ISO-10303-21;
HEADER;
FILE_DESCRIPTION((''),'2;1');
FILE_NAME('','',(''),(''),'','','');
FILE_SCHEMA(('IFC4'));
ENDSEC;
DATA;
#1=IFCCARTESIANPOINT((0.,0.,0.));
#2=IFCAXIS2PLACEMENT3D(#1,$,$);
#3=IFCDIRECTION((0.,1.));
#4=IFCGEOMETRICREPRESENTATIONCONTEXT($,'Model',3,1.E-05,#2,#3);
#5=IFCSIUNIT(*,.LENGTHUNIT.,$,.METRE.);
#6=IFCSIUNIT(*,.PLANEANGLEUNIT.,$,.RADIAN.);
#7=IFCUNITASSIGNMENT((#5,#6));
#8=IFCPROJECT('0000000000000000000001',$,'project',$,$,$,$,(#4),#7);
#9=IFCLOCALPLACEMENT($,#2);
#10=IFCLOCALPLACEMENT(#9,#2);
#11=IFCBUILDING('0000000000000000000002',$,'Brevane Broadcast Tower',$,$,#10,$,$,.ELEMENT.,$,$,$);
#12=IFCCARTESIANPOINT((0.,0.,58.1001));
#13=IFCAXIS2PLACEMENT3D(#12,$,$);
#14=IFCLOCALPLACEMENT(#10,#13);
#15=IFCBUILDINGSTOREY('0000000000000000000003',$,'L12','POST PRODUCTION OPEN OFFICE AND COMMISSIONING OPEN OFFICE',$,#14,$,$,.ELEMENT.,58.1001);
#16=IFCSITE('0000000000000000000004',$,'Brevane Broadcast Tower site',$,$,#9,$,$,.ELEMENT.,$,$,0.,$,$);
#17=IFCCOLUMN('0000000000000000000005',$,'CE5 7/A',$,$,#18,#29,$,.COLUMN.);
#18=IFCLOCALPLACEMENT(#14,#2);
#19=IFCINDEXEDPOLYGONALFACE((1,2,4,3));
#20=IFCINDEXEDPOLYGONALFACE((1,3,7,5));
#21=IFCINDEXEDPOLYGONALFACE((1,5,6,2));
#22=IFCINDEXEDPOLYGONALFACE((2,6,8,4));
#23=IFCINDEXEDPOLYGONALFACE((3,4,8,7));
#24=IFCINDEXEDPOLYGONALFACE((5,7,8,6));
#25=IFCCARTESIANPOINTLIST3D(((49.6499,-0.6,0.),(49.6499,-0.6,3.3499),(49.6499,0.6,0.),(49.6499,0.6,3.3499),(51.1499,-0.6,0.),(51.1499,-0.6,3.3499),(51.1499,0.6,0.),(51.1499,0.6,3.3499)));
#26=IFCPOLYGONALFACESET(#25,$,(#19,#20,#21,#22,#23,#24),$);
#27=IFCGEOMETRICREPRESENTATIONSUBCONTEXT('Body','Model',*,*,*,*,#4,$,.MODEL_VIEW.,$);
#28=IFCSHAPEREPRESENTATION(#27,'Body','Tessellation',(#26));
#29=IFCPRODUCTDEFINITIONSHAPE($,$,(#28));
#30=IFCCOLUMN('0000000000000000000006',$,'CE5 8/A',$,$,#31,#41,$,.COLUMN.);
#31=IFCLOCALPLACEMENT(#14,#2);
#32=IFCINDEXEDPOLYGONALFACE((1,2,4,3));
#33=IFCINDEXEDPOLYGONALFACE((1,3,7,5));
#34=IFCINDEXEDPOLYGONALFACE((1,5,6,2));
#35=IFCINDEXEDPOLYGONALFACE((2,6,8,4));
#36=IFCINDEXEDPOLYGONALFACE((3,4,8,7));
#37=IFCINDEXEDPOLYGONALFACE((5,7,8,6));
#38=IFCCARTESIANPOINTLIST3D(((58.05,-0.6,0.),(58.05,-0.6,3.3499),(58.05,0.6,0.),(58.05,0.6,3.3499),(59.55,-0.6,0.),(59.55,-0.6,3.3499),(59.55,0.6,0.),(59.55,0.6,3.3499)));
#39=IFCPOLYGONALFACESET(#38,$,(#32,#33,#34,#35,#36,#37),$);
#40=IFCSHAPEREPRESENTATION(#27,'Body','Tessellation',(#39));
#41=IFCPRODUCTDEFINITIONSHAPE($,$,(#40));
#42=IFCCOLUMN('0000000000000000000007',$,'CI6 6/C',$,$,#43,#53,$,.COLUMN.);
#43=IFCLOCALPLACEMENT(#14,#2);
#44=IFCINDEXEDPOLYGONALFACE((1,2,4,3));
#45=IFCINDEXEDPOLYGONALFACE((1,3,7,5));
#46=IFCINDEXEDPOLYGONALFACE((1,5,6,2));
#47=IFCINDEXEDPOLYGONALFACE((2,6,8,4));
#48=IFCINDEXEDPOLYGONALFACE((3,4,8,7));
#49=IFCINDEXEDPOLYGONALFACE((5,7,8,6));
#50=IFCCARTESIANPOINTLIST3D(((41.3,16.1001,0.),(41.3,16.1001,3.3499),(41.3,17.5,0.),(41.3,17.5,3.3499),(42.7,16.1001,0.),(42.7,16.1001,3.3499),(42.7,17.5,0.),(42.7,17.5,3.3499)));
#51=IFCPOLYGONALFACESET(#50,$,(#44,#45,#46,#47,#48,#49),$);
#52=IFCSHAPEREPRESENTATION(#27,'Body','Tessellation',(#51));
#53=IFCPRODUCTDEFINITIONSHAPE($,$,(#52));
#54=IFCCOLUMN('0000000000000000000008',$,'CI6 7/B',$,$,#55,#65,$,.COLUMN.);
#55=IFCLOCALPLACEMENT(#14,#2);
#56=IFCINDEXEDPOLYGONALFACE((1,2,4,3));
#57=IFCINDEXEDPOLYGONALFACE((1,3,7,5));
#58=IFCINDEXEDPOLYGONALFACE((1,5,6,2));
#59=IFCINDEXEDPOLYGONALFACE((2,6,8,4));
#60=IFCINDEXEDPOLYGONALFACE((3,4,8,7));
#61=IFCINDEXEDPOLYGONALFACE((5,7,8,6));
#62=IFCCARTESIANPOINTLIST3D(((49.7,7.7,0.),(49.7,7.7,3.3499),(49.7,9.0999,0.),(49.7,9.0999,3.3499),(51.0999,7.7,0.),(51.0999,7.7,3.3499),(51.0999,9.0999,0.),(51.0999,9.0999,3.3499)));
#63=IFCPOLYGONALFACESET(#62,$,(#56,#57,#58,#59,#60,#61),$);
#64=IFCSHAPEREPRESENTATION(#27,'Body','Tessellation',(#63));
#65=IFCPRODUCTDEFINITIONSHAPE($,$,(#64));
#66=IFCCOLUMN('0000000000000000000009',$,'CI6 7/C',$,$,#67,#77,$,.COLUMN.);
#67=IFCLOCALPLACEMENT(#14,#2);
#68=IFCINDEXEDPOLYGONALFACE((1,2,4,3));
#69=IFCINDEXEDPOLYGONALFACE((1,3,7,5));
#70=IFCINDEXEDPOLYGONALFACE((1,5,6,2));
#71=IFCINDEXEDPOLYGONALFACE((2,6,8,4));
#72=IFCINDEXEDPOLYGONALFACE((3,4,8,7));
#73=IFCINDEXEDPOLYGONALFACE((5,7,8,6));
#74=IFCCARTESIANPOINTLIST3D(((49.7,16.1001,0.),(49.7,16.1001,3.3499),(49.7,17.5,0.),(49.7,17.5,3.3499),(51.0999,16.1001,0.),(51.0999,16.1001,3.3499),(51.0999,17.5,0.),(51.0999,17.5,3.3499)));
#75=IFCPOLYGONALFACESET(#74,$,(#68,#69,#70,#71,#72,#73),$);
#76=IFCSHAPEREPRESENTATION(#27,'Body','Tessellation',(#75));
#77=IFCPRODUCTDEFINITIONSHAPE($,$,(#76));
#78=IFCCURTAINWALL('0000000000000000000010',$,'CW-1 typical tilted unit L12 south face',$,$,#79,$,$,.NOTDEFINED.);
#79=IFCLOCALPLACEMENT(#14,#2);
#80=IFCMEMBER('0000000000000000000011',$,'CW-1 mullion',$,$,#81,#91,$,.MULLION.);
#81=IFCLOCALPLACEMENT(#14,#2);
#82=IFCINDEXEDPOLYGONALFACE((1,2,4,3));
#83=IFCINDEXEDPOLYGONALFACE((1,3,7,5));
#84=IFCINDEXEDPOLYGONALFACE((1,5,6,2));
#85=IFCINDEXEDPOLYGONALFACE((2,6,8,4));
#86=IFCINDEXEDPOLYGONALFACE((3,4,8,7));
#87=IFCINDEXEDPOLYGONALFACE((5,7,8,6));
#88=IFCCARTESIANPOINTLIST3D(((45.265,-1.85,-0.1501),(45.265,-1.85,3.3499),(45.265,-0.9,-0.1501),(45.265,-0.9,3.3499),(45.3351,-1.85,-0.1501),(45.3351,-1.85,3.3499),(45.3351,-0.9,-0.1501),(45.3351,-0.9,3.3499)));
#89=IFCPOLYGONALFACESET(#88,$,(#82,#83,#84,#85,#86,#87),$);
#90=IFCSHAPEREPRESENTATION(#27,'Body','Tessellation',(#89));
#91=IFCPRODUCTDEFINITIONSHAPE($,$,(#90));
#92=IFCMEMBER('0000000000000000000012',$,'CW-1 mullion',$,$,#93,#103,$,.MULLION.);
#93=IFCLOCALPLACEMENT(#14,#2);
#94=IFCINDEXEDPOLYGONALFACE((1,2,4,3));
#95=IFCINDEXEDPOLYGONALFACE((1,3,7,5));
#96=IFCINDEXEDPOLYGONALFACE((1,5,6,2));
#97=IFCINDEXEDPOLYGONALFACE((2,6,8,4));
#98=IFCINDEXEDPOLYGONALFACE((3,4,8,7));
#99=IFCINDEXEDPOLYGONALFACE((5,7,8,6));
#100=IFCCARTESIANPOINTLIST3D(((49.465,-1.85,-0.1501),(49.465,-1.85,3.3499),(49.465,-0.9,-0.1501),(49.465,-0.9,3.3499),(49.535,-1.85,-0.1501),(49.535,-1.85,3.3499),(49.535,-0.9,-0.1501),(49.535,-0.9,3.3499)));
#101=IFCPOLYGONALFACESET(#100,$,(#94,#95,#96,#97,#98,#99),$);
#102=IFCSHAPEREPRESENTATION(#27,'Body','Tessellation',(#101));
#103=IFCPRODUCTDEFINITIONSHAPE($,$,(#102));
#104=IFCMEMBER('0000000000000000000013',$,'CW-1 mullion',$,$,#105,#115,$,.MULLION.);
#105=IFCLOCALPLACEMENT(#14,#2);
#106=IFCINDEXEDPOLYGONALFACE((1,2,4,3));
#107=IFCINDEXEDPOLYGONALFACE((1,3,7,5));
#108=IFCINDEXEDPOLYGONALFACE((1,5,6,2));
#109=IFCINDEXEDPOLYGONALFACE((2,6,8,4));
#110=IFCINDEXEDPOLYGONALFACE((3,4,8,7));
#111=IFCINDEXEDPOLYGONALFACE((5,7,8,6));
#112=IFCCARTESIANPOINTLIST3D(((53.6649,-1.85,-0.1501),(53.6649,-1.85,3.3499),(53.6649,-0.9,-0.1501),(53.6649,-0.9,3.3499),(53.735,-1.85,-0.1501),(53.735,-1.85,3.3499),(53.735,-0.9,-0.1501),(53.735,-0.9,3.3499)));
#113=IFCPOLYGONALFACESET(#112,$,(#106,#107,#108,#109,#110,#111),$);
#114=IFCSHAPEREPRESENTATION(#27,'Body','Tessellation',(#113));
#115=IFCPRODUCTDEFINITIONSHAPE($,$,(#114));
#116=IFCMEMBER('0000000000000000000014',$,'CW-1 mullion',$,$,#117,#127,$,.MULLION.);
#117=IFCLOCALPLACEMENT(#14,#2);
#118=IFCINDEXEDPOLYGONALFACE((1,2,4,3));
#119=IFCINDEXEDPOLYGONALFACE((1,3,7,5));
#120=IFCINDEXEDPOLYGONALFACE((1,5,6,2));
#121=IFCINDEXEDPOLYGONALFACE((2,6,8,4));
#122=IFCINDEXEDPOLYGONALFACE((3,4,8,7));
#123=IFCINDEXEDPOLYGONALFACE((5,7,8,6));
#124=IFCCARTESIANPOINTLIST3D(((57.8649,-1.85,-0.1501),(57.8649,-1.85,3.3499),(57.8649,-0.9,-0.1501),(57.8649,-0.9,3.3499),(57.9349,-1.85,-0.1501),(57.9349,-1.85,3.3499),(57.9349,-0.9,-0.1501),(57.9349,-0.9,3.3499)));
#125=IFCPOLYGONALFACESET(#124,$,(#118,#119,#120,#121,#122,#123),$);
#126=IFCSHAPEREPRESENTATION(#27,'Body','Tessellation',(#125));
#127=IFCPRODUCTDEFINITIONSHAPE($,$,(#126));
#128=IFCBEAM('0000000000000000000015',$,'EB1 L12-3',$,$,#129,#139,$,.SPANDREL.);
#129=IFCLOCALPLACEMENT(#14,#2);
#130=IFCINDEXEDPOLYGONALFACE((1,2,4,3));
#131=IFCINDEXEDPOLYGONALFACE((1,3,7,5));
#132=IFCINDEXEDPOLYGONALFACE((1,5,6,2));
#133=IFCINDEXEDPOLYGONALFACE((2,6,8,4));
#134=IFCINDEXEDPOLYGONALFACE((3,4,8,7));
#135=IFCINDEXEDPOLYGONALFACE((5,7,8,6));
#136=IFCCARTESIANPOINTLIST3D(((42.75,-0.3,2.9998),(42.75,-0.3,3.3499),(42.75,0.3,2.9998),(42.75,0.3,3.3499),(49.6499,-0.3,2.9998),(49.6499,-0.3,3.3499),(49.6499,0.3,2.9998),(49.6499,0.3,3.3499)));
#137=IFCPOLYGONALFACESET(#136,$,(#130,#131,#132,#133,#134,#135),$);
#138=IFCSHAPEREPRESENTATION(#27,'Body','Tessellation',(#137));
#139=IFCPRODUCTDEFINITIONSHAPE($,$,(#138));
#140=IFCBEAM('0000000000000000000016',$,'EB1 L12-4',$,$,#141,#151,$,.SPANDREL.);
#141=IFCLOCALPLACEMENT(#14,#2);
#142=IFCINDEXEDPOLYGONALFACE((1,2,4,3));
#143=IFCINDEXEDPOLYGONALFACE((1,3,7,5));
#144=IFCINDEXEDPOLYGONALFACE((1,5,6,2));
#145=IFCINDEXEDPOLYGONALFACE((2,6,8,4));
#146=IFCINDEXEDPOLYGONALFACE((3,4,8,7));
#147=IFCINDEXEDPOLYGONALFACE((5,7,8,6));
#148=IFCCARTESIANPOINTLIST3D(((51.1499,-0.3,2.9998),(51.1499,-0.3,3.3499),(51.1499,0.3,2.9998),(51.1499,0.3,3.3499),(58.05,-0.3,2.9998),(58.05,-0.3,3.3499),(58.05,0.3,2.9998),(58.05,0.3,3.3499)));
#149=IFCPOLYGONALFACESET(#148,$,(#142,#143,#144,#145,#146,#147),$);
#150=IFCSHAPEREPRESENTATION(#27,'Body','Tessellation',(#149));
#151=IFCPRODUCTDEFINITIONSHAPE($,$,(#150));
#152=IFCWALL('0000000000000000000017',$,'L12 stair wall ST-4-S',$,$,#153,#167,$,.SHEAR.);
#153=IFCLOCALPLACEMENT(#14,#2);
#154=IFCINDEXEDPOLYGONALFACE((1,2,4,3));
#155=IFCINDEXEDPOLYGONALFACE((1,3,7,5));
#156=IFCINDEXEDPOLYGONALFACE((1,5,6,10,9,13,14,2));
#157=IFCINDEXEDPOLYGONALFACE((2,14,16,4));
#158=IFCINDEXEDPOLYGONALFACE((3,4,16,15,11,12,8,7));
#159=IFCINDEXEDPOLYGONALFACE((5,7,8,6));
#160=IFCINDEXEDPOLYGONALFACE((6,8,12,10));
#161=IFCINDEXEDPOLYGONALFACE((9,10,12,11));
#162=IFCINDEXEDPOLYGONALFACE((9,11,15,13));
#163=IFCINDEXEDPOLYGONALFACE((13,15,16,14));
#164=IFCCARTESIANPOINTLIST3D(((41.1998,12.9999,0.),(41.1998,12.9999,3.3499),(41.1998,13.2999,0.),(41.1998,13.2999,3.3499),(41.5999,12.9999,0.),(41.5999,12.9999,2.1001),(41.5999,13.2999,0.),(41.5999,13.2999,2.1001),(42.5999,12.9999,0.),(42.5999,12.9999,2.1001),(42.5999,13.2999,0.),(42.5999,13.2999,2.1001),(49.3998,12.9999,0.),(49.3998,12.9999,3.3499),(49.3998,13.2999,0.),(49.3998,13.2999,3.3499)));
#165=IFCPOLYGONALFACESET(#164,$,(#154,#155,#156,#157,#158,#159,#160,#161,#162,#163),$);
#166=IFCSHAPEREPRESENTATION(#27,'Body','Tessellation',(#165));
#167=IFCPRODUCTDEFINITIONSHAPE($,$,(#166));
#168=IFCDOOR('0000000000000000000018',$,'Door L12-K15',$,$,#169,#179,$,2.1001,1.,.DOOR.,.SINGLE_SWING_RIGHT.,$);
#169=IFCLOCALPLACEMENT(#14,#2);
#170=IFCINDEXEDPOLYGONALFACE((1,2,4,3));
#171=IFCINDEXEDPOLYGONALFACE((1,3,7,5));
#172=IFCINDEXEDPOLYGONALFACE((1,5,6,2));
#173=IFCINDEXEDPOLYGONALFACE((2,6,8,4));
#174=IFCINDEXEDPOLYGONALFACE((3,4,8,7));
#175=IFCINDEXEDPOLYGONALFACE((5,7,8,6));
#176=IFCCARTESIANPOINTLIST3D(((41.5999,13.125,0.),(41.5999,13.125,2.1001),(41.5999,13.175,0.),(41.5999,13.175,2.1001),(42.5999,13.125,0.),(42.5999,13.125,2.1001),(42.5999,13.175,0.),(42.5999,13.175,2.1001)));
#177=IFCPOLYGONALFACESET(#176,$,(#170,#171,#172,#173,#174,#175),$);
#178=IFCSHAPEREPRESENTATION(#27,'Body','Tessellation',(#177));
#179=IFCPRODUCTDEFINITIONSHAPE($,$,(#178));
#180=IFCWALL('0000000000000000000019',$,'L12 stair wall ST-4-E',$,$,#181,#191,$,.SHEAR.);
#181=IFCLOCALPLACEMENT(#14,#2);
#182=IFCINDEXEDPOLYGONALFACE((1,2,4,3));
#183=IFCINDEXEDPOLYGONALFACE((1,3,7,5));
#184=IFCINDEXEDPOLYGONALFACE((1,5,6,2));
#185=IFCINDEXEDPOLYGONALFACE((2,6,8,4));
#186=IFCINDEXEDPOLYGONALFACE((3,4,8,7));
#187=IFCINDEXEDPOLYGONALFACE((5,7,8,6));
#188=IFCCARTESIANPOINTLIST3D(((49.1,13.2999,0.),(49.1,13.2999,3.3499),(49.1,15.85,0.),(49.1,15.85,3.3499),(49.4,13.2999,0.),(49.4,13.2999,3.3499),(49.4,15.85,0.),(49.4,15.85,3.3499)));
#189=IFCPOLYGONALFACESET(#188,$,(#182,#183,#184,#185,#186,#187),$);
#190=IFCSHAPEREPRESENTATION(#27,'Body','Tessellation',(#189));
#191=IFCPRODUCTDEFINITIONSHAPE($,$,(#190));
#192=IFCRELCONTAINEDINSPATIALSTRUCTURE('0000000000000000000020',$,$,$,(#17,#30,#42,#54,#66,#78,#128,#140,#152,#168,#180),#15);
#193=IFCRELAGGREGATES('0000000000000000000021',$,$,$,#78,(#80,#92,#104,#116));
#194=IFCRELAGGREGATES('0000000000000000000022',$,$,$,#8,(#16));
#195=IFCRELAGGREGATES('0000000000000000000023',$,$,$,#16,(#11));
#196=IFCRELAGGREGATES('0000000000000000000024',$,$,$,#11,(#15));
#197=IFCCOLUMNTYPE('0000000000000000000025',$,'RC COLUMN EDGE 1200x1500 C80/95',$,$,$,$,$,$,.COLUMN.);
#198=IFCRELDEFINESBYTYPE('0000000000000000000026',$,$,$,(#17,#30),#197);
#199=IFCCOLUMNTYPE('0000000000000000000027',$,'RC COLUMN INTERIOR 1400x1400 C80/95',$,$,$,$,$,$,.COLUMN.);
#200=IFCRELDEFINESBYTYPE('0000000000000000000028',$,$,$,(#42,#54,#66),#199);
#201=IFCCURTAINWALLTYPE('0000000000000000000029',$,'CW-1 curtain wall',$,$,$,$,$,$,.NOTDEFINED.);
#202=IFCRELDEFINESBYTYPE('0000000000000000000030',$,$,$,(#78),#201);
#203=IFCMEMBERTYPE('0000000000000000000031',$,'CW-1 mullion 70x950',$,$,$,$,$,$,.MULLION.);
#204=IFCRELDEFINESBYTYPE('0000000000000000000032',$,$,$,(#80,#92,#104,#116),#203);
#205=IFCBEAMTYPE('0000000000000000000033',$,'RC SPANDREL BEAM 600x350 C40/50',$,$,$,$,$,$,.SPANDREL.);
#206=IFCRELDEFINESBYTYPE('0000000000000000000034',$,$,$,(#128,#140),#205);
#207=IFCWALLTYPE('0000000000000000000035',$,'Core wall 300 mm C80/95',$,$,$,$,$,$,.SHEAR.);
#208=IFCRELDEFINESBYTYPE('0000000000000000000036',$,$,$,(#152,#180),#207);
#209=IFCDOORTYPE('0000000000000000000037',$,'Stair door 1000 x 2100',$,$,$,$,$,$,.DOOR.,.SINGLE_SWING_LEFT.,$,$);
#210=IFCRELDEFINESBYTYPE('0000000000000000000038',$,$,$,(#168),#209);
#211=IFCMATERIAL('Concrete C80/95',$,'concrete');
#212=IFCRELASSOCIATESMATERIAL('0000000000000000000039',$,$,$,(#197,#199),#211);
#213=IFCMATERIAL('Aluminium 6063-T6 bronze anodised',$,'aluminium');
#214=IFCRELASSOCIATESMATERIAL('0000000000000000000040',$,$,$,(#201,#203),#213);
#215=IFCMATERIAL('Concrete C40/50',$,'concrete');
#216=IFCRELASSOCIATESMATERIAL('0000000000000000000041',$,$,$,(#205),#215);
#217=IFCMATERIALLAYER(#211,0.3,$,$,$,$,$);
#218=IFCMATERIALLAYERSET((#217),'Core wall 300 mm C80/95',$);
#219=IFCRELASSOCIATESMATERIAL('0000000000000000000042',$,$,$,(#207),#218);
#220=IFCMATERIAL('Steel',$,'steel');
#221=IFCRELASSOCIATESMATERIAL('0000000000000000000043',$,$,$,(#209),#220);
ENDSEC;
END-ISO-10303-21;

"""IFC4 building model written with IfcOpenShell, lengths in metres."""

from ifc_helpers import new_model, si_unit, direction, frame, frame_2d, origin, origin_2d, place, context, subcontext, project, spatial, rectangle, extrude, material, layer, layer_set, material_profile, profile_set, type_object, element, fill, aggregate, save


model = new_model("IFC4")

# Units and contexts
model_context = context("Model", 3, precision=1e-05, world=origin(), true_north=direction((0.0, 1.0)))
body_context = subcontext(model_context, "Body", "Model", "MODEL_VIEW")
ifc_project = project(units=[si_unit("LENGTHUNIT", "METRE"), si_unit("PLANEANGLEUNIT", "RADIAN")], contexts=[model_context])

# Site, building, storey
site_placement = place(None, origin())
site = spatial("IfcSite", under=ifc_project, at=site_placement, Name="Brevane Broadcast Tower site", CompositionType="ELEMENT", RefElevation=0.0)
building_placement = place(site_placement, origin())
building = spatial("IfcBuilding", under=site, at=building_placement, Name="Brevane Broadcast Tower", CompositionType="ELEMENT")
storey_placement = place(building_placement, frame((0.0, 0.0, 58.1001)))
storey = spatial("IfcBuildingStorey", under=building, at=storey_placement, Name="L12", Description="POST PRODUCTION OPEN OFFICE AND COMMISSIONING OPEN OFFICE", CompositionType="ELEMENT", Elevation=58.1001)

# Columns
ifc_material_1 = material(Name="Concrete C80/95", Category="concrete")
ifc_material_profile_1 = material_profile(ifc_material_1, rectangle(XDim=1.2, YDim=1.5, at=origin_2d()), Name="RC 1200x1500")
ifc_profile_set_1 = profile_set([ifc_material_profile_1], Name="Concrete C80/95")
column_type_1 = type_object("IfcColumnType", Name="RC COLUMN EDGE 1200x1500 C80/95", PredefinedType="COLUMN", material=ifc_profile_set_1)
for number, where, z_axis, x_axis, name in (
    (1, (50.3999, 0.0, 0.0), (0.0, 0.0, 1.0), (0.0, 1.0, 0.0), "CE5 7/A"),
    (2, (58.8, 0.0, 0.0), (0.0, 0.0, 1.0), (0.0, 1.0, 0.0), "CE5 8/A"),
):
    element("IfcColumn", number, at=place(storey_placement, frame(where, z_axis=z_axis, x_axis=x_axis)), inside=storey, type_object=column_type_1, Name=name, PredefinedType="COLUMN", context=body_context, shape_type="SweptSolid", body=[
        extrude(rectangle(XDim=1.2, YDim=1.5, at=origin_2d()), origin(), (0.0, 0.0, 1.0), 3.3499),
    ])
ifc_material_profile_2 = material_profile(ifc_material_1, rectangle(XDim=1.3999, YDim=1.3999, at=origin_2d()), Name="RC 1400x1400")
ifc_profile_set_2 = profile_set([ifc_material_profile_2], Name="Concrete C80/95")
column_type_2 = type_object("IfcColumnType", Name="RC COLUMN INTERIOR 1400x1400 C80/95", PredefinedType="COLUMN", material=ifc_profile_set_2)
for number, where, z_axis, x_axis, name in (
    (3, (42.0, 16.8, 0.0), (0.0, 0.0, 1.0), (1.0, 0.0, 0.0), "CI6 6/C"),
    (4, (50.3999, 8.3999, 0.0), (0.0, 0.0, 1.0), (1.0, 0.0, 0.0), "CI6 7/B"),
    (5, (50.3999, 16.8, 0.0), (0.0, 0.0, 1.0), (1.0, 0.0, 0.0), "CI6 7/C"),
):
    element("IfcColumn", number, at=place(storey_placement, frame(where, z_axis=z_axis, x_axis=x_axis)), inside=storey, type_object=column_type_2, Name=name, PredefinedType="COLUMN", context=body_context, shape_type="SweptSolid", body=[
        extrude(rectangle(XDim=1.3999, YDim=1.3999, at=origin_2d()), origin(), (0.0, 0.0, 1.0), 3.3499),
    ])

# Curtain wall, members
ifc_material_2 = material(Name="Aluminium 6063-T6 bronze anodised", Category="aluminium")
curtain_wall_type = type_object("IfcCurtainWallType", Name="CW-1 curtain wall", PredefinedType="NOTDEFINED", material=ifc_material_2)
curtain_wall_placement = place(storey_placement, origin())
curtain_wall = element("IfcCurtainWall", 6, at=curtain_wall_placement, inside=storey, type_object=curtain_wall_type, Name="CW-1 typical tilted unit L12 south face", PredefinedType="NOTDEFINED")
ifc_material_profile_3 = material_profile(ifc_material_2, rectangle(XDim=0.95, YDim=0.0701, at=origin_2d()), Name="RECT 70x950")
ifc_profile_set_3 = profile_set([ifc_material_profile_3], Name="Aluminium 6063-T6 bronze anodised")
member_type = type_object("IfcMemberType", Name="CW-1 mullion 70x950", PredefinedType="MULLION", material=ifc_profile_set_3)
member_1_placement = place(storey_placement, frame((45.3, -1.375, -0.1501), z_axis=(0.0, 0.0, 1.0), x_axis=(0.0, 1.0, 0.0)))
member_1 = element("IfcMember", 7, at=member_1_placement, type_object=member_type, Name="CW-1 mullion", PredefinedType="MULLION", context=body_context, shape_type="SweptSolid", body=[
    extrude(rectangle(XDim=0.95, YDim=0.0701, at=origin_2d()), origin(), (0.0, 0.0, 1.0), 3.5),
])
member_2_placement = place(storey_placement, frame((49.5, -1.375, -0.1501), z_axis=(0.0, 0.0, 1.0), x_axis=(0.0, 1.0, 0.0)))
member_2 = element("IfcMember", 8, at=member_2_placement, type_object=member_type, Name="CW-1 mullion", PredefinedType="MULLION", context=body_context, shape_type="SweptSolid", body=[
    extrude(rectangle(XDim=0.95, YDim=0.0701, at=origin_2d()), origin(), (0.0, 0.0, 1.0), 3.5),
])
member_3_placement = place(storey_placement, frame((53.7, -1.375, -0.1501), z_axis=(0.0, 0.0, 1.0), x_axis=(0.0, 1.0, 0.0)))
member_3 = element("IfcMember", 9, at=member_3_placement, type_object=member_type, Name="CW-1 mullion", PredefinedType="MULLION", context=body_context, shape_type="SweptSolid", body=[
    extrude(rectangle(XDim=0.95, YDim=0.0701, at=origin_2d()), origin(), (0.0, 0.0, 1.0), 3.5),
])
member_4_placement = place(storey_placement, frame((57.8999, -1.375, -0.1501), z_axis=(0.0, 0.0, 1.0), x_axis=(0.0, 1.0, 0.0)))
member_4 = element("IfcMember", 10, at=member_4_placement, type_object=member_type, Name="CW-1 mullion", PredefinedType="MULLION", context=body_context, shape_type="SweptSolid", body=[
    extrude(rectangle(XDim=0.95, YDim=0.0701, at=origin_2d()), origin(), (0.0, 0.0, 1.0), 3.5),
])
aggregate(curtain_wall, [member_1, member_2, member_3, member_4])

# Beams
ifc_material_3 = material(Name="Concrete C40/50", Category="concrete")
ifc_material_profile_4 = material_profile(ifc_material_3, rectangle(XDim=0.6001, YDim=0.3501, at=origin_2d()), Name="RC 600x350")
ifc_profile_set_4 = profile_set([ifc_material_profile_4], Name="Concrete C40/50")
beam_type = type_object("IfcBeamType", Name="RC SPANDREL BEAM 600x350 C40/50", PredefinedType="SPANDREL", material=ifc_profile_set_4)
beam_1_placement = place(storey_placement, frame((42.75, 0.0, 3.1748), z_axis=(1.0, 0.0, 0.0), x_axis=(0.0, 1.0, 0.0)))
element("IfcBeam", 11, at=beam_1_placement, inside=storey, type_object=beam_type, Name="EB1 L12-3", PredefinedType="SPANDREL", context=body_context, shape_type="SweptSolid", body=[
    extrude(rectangle(XDim=0.6001, YDim=0.3501, at=origin_2d()), origin(), (0.0, 0.0, 1.0), 6.8999),
])
beam_2_placement = place(storey_placement, frame((51.1499, 0.0, 3.1748), z_axis=(1.0, 0.0, 0.0), x_axis=(0.0, 1.0, 0.0)))
element("IfcBeam", 12, at=beam_2_placement, inside=storey, type_object=beam_type, Name="EB1 L12-4", PredefinedType="SPANDREL", context=body_context, shape_type="SweptSolid", body=[
    extrude(rectangle(XDim=0.6001, YDim=0.3501, at=origin_2d()), origin(), (0.0, 0.0, 1.0), 6.9001),
])

# Wall, opening, door
ifc_layer_1 = layer(ifc_material_1, 0.3)
ifc_layer_set_1 = layer_set([ifc_layer_1], Name="Core wall 300 mm C80/95")
wall_type_1 = type_object("IfcWallType", Name="Core wall 300 mm C80/95", PredefinedType="SHEAR", material=ifc_layer_set_1)
wall_1_placement = place(storey_placement, frame((49.3999, 13.1499, 0.0), z_axis=(0.0, 0.0, 1.0), x_axis=(-1.0, 0.0, 0.0)))
wall_1 = element("IfcWall", 13, at=wall_1_placement, inside=storey, type_object=wall_type_1, Name="L12 stair wall ST-4-S", PredefinedType="SHEAR", context=body_context, shape_type="SweptSolid", body=[
    extrude(rectangle(XDim=8.2, YDim=0.3, at=frame_2d((4.1001, 0.0))), origin(), (0.0, 0.0, 1.0), 3.3499),
])
opening_1_placement = place(wall_1_placement, frame((6.8, 0.0, 0.0)))
opening_1 = element("IfcOpeningElement", 14, at=opening_1_placement, cuts=wall_1, PredefinedType="OPENING", context=body_context, shape_type="SweptSolid", body=[
    extrude(rectangle(XDim=1.0, YDim=2.1001, at=frame_2d((0.5, 1.05))), frame((0.0, 0.1599, 0.0), z_axis=(0.0, -1.0, 0.0), x_axis=(1.0, 0.0, 0.0)), (0.0, 0.0, 1.0), 0.3201),
])
ifc_material_4 = material(Name="Steel", Category="steel")
door_type_1 = type_object("IfcDoorType", Name="Stair door 1000 x 2100", OperationType="SINGLE_SWING_LEFT", PredefinedType="DOOR", material=ifc_material_4)
door_1_placement = place(opening_1_placement, origin())
door_1 = element("IfcDoor", 15, at=door_1_placement, inside=storey, type_object=door_type_1, Name="Door L12-K15", OperationType="SINGLE_SWING_RIGHT", OverallHeight=2.1001, OverallWidth=1.0, PredefinedType="DOOR", context=body_context, shape_type="SweptSolid", body=[
    extrude(rectangle(XDim=1.0, YDim=2.1001, at=frame_2d((0.5, 1.05))), frame((0.0, 0.0249, 0.0), z_axis=(0.0, -1.0, 0.0), x_axis=(1.0, 0.0, 0.0)), (0.0, 0.0, 1.0), 0.05),
])
fill(opening_1, door_1)

# Wall
wall_2_placement = place(storey_placement, frame((49.25, 13.3, 0.0), z_axis=(0.0, 0.0, 1.0), x_axis=(0.0, 1.0, 0.0)))
element("IfcWall", 16, at=wall_2_placement, inside=storey, type_object=wall_type_1, Name="L12 stair wall ST-4-E", PredefinedType="SHEAR", context=body_context, shape_type="SweptSolid", body=[
    extrude(rectangle(XDim=2.55, YDim=0.3, at=frame_2d((1.2749, 0.0))), origin(), (0.0, 0.0, 1.0), 3.3499),
])

save(model, "model.ifc")
